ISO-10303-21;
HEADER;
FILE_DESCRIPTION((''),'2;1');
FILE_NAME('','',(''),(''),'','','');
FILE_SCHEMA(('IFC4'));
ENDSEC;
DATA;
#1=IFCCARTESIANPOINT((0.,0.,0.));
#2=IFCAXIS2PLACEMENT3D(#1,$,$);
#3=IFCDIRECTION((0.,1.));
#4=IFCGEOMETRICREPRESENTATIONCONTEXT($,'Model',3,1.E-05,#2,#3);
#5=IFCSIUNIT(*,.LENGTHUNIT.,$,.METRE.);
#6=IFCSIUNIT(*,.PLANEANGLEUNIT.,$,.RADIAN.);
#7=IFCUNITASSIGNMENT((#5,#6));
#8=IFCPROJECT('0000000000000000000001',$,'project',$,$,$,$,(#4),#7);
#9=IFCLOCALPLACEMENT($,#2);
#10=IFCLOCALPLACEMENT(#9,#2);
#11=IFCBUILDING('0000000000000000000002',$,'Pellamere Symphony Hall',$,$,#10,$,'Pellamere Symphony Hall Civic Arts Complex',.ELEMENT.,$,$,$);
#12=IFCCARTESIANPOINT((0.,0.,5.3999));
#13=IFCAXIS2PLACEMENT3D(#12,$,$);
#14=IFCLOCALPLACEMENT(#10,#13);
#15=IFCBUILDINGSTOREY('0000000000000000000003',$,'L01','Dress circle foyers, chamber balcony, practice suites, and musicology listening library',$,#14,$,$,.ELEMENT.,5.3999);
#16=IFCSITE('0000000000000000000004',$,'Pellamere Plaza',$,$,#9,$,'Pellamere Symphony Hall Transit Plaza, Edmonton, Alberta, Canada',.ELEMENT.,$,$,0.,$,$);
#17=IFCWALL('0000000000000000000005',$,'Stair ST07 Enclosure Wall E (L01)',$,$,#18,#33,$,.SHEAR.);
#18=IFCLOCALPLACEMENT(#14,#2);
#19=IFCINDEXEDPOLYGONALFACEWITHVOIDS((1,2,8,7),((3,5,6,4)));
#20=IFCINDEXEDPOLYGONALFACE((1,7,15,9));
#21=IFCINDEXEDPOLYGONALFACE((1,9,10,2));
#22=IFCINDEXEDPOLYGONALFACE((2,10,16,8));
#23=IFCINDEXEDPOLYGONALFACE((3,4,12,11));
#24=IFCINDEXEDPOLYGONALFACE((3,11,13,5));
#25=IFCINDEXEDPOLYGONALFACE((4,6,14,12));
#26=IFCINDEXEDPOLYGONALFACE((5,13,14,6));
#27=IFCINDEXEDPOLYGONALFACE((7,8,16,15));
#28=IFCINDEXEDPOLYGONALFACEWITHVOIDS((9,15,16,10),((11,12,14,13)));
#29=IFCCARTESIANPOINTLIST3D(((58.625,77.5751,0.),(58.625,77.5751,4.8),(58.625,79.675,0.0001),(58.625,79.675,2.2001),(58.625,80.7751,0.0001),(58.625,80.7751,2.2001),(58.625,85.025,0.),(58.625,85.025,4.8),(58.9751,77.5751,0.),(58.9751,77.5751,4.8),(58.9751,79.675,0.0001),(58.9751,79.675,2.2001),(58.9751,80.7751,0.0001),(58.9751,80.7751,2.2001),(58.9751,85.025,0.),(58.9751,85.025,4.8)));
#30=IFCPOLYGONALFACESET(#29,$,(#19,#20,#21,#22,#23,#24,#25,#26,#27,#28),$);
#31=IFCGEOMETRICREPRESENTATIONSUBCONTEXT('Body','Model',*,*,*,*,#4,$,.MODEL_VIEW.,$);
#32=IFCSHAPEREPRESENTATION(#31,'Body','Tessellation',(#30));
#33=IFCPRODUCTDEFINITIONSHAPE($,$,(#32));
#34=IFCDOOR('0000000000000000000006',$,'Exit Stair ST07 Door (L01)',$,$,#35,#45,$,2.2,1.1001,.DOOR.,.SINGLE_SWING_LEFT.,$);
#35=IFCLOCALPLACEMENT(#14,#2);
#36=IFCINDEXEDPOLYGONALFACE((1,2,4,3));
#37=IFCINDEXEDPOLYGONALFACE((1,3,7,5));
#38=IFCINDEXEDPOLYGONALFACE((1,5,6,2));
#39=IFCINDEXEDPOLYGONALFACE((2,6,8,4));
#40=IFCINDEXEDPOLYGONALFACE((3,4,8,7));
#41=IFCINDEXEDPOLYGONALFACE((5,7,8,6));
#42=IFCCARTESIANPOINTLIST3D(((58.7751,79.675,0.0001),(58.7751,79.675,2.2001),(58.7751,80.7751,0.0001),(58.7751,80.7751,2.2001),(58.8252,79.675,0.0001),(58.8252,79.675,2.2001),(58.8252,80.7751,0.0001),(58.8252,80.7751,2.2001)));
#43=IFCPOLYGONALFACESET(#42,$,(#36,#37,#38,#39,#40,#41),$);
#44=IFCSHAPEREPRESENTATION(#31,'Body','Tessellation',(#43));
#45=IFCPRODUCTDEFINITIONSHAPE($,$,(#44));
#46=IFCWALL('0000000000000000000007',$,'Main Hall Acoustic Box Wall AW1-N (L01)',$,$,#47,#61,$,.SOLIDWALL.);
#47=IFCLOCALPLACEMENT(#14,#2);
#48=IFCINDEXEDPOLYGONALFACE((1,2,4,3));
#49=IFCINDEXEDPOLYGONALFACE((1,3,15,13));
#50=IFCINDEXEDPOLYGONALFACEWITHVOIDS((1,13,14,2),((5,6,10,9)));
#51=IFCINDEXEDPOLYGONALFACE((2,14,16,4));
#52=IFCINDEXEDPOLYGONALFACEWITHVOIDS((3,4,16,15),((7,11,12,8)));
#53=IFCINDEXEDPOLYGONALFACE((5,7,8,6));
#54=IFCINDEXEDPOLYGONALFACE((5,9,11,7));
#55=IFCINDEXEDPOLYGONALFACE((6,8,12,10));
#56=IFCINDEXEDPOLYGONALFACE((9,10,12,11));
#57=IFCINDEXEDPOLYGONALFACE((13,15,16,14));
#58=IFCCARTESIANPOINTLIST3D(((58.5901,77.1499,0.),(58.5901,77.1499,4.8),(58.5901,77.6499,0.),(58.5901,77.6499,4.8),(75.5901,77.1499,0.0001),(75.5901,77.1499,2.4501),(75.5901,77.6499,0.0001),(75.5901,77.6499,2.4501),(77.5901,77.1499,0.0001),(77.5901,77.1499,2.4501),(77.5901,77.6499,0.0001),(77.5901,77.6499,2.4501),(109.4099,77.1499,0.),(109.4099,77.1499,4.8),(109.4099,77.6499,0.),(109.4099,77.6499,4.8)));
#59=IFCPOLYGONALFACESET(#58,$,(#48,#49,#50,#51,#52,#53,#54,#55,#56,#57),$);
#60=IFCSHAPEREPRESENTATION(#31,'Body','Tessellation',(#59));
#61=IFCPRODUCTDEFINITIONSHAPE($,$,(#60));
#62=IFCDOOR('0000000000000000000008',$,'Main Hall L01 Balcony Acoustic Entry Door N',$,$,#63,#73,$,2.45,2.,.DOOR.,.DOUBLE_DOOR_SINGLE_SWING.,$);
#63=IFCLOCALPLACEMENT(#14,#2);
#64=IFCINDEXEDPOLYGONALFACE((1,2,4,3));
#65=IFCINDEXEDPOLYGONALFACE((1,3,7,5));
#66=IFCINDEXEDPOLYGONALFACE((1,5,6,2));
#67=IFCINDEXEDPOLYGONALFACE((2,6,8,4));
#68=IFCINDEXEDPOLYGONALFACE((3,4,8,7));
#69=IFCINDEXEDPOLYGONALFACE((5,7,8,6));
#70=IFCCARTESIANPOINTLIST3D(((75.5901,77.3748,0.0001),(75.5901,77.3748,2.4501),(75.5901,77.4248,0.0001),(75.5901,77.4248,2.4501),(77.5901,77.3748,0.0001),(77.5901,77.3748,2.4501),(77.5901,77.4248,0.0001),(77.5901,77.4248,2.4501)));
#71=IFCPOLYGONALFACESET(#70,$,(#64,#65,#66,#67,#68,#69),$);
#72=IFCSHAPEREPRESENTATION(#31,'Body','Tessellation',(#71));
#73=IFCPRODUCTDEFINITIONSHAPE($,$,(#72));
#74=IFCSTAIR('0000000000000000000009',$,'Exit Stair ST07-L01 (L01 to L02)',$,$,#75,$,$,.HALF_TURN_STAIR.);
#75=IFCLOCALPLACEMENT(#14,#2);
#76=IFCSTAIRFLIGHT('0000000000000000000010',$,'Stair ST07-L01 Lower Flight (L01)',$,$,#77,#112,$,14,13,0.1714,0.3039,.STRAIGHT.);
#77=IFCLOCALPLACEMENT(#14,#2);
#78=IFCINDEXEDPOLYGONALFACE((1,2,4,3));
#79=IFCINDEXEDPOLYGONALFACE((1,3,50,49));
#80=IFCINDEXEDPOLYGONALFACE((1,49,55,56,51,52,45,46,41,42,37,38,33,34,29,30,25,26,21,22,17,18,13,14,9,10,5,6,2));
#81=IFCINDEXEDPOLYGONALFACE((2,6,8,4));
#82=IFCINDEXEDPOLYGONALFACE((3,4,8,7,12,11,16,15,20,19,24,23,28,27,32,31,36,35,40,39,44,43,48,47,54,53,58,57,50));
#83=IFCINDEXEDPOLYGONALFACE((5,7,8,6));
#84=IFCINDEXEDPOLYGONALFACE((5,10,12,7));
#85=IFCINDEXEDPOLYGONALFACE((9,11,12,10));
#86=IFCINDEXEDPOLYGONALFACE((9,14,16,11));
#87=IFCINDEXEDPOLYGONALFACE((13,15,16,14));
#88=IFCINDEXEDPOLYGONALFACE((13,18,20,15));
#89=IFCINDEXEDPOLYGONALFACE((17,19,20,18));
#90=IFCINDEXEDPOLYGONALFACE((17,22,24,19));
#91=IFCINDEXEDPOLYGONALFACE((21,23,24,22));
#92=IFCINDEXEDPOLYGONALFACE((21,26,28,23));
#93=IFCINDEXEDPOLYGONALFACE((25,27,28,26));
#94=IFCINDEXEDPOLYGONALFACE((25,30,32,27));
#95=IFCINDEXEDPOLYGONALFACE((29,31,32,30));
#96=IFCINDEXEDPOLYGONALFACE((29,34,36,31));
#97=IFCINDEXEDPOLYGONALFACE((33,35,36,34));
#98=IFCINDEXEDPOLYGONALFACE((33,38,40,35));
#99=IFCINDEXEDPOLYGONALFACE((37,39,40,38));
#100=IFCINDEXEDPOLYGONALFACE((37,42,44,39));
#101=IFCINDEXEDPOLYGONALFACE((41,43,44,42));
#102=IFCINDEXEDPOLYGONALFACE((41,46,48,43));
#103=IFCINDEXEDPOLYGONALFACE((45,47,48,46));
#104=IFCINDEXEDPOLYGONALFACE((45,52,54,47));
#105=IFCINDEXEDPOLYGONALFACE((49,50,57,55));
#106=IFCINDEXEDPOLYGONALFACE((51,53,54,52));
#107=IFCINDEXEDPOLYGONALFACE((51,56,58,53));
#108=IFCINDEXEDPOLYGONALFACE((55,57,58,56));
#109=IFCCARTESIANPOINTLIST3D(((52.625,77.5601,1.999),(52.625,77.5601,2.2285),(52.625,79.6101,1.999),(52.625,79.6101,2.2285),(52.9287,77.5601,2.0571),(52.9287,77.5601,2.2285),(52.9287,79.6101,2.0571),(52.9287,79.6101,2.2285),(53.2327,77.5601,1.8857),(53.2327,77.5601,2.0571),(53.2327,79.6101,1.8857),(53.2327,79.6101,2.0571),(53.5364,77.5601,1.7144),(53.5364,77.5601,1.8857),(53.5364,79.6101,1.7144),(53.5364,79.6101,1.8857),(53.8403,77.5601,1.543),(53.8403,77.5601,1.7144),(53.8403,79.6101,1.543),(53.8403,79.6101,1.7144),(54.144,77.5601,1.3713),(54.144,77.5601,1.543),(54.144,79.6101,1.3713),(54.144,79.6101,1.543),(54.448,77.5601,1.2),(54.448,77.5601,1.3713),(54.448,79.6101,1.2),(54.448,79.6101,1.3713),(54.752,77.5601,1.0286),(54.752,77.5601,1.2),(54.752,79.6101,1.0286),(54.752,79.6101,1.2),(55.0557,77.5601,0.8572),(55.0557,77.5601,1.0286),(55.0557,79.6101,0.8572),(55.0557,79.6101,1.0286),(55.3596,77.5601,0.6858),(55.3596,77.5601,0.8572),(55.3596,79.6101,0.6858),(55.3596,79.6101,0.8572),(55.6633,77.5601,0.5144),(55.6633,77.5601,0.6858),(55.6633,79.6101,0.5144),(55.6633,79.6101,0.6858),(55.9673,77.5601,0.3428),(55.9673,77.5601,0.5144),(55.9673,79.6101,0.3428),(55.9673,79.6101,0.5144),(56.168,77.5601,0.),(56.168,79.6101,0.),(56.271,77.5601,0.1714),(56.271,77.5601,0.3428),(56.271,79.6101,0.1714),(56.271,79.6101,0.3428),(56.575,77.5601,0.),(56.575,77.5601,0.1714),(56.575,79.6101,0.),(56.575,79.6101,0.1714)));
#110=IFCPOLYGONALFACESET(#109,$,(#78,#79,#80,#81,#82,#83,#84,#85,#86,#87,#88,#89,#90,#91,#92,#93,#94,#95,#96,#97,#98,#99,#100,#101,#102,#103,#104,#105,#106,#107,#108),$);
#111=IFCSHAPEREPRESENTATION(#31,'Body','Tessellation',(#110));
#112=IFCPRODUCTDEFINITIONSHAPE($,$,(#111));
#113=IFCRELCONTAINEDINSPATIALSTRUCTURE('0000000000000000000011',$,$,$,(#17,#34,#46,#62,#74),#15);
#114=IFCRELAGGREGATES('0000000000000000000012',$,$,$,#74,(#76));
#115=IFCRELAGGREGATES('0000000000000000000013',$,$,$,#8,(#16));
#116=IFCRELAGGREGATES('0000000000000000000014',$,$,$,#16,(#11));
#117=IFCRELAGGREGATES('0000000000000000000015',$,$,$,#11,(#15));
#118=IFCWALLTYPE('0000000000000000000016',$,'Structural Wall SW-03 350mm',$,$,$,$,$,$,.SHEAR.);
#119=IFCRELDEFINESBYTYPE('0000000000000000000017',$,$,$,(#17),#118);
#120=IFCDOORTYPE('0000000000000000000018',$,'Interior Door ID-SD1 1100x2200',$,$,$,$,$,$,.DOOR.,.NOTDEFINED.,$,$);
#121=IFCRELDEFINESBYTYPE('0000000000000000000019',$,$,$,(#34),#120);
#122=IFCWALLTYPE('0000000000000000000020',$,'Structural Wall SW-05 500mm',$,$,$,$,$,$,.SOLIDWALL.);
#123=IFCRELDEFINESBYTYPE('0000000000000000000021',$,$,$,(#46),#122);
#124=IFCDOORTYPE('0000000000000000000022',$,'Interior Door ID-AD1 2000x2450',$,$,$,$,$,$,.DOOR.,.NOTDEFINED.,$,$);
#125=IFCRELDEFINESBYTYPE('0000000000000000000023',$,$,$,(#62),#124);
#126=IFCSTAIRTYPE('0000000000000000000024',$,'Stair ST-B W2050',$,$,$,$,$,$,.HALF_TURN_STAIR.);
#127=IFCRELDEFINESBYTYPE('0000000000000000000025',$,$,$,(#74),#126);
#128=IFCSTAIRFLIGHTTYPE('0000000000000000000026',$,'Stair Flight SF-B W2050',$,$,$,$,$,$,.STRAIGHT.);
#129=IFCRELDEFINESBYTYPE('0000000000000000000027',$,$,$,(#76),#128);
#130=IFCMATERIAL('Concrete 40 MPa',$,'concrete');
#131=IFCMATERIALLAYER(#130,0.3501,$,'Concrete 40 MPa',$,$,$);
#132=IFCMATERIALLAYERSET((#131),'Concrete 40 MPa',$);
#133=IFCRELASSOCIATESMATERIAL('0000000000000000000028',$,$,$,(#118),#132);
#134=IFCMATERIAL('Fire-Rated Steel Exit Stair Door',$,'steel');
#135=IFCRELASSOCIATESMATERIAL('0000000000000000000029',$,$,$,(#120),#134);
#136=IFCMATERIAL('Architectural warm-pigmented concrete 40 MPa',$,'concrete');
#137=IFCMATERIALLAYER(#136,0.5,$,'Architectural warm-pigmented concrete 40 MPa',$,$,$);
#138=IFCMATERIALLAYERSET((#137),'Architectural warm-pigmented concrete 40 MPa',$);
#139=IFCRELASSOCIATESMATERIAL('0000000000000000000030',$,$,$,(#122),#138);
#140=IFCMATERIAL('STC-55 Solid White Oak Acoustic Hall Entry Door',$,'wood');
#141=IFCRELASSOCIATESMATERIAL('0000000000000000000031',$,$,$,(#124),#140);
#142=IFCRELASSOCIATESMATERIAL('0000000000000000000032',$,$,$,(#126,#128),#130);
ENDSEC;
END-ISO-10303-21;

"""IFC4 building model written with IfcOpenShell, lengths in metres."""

from ifc_helpers import new_model, si_unit, direction, frame, frame_2d, origin, place, context, subcontext, project, spatial, polyline, rectangle, outline, extrude, material, layer, layer_set, type_object, element, fill, aggregate, save


model = new_model("IFC4")

# Units and contexts
model_context = context("Model", 3, precision=1e-05, world=origin(), true_north=direction((0.0, 1.0)))
body_context = subcontext(model_context, "Body", "Model", "MODEL_VIEW")
ifc_project = project(units=[si_unit("LENGTHUNIT", "METRE"), si_unit("PLANEANGLEUNIT", "RADIAN")], contexts=[model_context])

# Site, building, storey
site_placement = place(None, origin())
site = spatial("IfcSite", under=ifc_project, at=site_placement, Name="Pellamere Plaza", LongName="Pellamere Symphony Hall Transit Plaza, Edmonton, Alberta, Canada", CompositionType="ELEMENT", RefElevation=0.0)
building_placement = place(site_placement, origin())
building = spatial("IfcBuilding", under=site, at=building_placement, Name="Pellamere Symphony Hall", LongName="Pellamere Symphony Hall Civic Arts Complex", CompositionType="ELEMENT")
storey_placement = place(building_placement, frame((0.0, 0.0, 5.3999)))
storey = spatial("IfcBuildingStorey", under=building, at=storey_placement, Name="L01", Description="Dress circle foyers, chamber balcony, practice suites, and musicology listening library", CompositionType="ELEMENT", Elevation=5.3999)

# Shared definitions
ifc_material_1 = material(Name="Concrete 40 MPa", Category="concrete")

# Walls, openings, doors
ifc_layer_1 = layer(ifc_material_1, 0.3501, Name="Concrete 40 MPa")
ifc_layer_set_1 = layer_set([ifc_layer_1], Name="Concrete 40 MPa")
wall_type_1 = type_object("IfcWallType", Name="Structural Wall SW-03 350mm", PredefinedType="SHEAR", material=ifc_layer_set_1)
wall_1_placement = place(storey_placement, frame((58.8, 77.575, 0.0), z_axis=(0.0, 0.0, 1.0), x_axis=(0.0, 1.0, 0.0)))
wall_1 = element("IfcWall", 1, at=wall_1_placement, inside=storey, type_object=wall_type_1, Name="Stair ST07 Enclosure Wall E (L01)", PredefinedType="SHEAR", context=body_context, shape_type="SweptSolid", body=[
    extrude(rectangle(XDim=7.45, YDim=0.3501, at=frame_2d((3.7251, 0.0))), origin(), (0.0, 0.0, 1.0), 4.8),
])
opening_1_placement = place(wall_1_placement, frame((2.1001, 0.0, 0.0)))
opening_1 = element("IfcOpeningElement", 2, at=opening_1_placement, cuts=wall_1, PredefinedType="OPENING", context=body_context, shape_type="SweptSolid", body=[
    extrude(rectangle(XDim=1.1001, YDim=2.2, at=frame_2d((0.55, 1.1001))), frame((0.0, 0.1851, 0.0), z_axis=(0.0, -1.0, 0.0), x_axis=(1.0, 0.0, 0.0)), (0.0, 0.0, 1.0), 0.3701),
])
ifc_material_2 = material(Name="Fire-Rated Steel Exit Stair Door", Category="steel")
door_type_1 = type_object("IfcDoorType", Name="Interior Door ID-SD1 1100x2200", OperationType="NOTDEFINED", PredefinedType="DOOR", material=ifc_material_2)
door_1_placement = place(opening_1_placement, origin())
door_1 = element("IfcDoor", 3, at=door_1_placement, inside=storey, type_object=door_type_1, Name="Exit Stair ST07 Door (L01)", OperationType="SINGLE_SWING_LEFT", OverallHeight=2.2, OverallWidth=1.1001, PredefinedType="DOOR", context=body_context, shape_type="SweptSolid", body=[
    extrude(rectangle(XDim=1.1001, YDim=2.2, at=frame_2d((0.55, 1.1001))), frame((0.0, 0.0249, 0.0), z_axis=(0.0, -1.0, 0.0), x_axis=(1.0, 0.0, 0.0)), (0.0, 0.0, 1.0), 0.05),
])
fill(opening_1, door_1)
ifc_material_3 = material(Name="Architectural warm-pigmented concrete 40 MPa", Category="concrete")
ifc_layer_2 = layer(ifc_material_3, 0.5, Name="Architectural warm-pigmented concrete 40 MPa")
ifc_layer_set_2 = layer_set([ifc_layer_2], Name="Architectural warm-pigmented concrete 40 MPa")
wall_type_2 = type_object("IfcWallType", Name="Structural Wall SW-05 500mm", PredefinedType="SOLIDWALL", material=ifc_layer_set_2)
wall_2_placement = place(storey_placement, frame((58.5901, 77.3999, 0.0), z_axis=(0.0, 0.0, 1.0), x_axis=(1.0, 0.0, 0.0)))
wall_2 = element("IfcWall", 4, at=wall_2_placement, inside=storey, type_object=wall_type_2, Name="Main Hall Acoustic Box Wall AW1-N (L01)", PredefinedType="SOLIDWALL", context=body_context, shape_type="SweptSolid", body=[
    extrude(rectangle(XDim=50.8198, YDim=0.5, at=frame_2d((25.4099, 0.0))), origin(), (0.0, 0.0, 1.0), 4.8),
])
opening_2_placement = place(wall_2_placement, frame((17.0, 0.0, 0.0)))
opening_2 = element("IfcOpeningElement", 5, at=opening_2_placement, cuts=wall_2, PredefinedType="OPENING", context=body_context, shape_type="SweptSolid", body=[
    extrude(rectangle(XDim=2.0, YDim=2.45, at=frame_2d((1.0, 1.2251))), frame((0.0, 0.26, 0.0), z_axis=(0.0, -1.0, 0.0), x_axis=(1.0, 0.0, 0.0)), (0.0, 0.0, 1.0), 0.52),
])
ifc_material_4 = material(Name="STC-55 Solid White Oak Acoustic Hall Entry Door", Category="wood")
door_type_2 = type_object("IfcDoorType", Name="Interior Door ID-AD1 2000x2450", OperationType="NOTDEFINED", PredefinedType="DOOR", material=ifc_material_4)
door_2_placement = place(opening_2_placement, origin())
door_2 = element("IfcDoor", 6, at=door_2_placement, inside=storey, type_object=door_type_2, Name="Main Hall L01 Balcony Acoustic Entry Door N", OperationType="DOUBLE_DOOR_SINGLE_SWING", OverallHeight=2.45, OverallWidth=2.0, PredefinedType="DOOR", context=body_context, shape_type="SweptSolid", body=[
    extrude(rectangle(XDim=2.0, YDim=2.45, at=frame_2d((1.0, 1.2251))), frame((0.0, 0.0249, 0.0), z_axis=(0.0, -1.0, 0.0), x_axis=(1.0, 0.0, 0.0)), (0.0, 0.0, 1.0), 0.05),
])
fill(opening_2, door_2)

# Stair, stair flight
stair_type = type_object("IfcStairType", Name="Stair ST-B W2050", PredefinedType="HALF_TURN_STAIR", material=ifc_material_1)
stair_placement = place(storey_placement, origin())
stair = element("IfcStair", 7, at=stair_placement, inside=storey, type_object=stair_type, Name="Exit Stair ST07-L01 (L01 to L02)", PredefinedType="HALF_TURN_STAIR")
stair_flight_type = type_object("IfcStairFlightType", Name="Stair Flight SF-B W2050", PredefinedType="STRAIGHT", material=ifc_material_1)
stair_flight_placement = place(storey_placement, frame((56.575, 78.585, 0.0), z_axis=(0.0, 0.0, 1.0), x_axis=(-1.0, 0.0, 0.0)))
stair_flight = element("IfcStairFlight", 8, at=stair_flight_placement, type_object=stair_flight_type, Name="Stair ST07-L01 Lower Flight (L01)", NumberOfRisers=14, NumberOfTreads=13, PredefinedType="STRAIGHT", RiserHeight=0.1714, TreadLength=0.3039, context=body_context, shape_type="SweptSolid", body=[
    extrude(outline(polyline([(0.0, 0.0), (0.0, 0.1714), (0.304, 0.1714), (0.304, 0.3428), (0.6077, 0.3428), (0.6077, 0.5144), (0.9116, 0.5144), (0.9116, 0.6858), (1.2153, 0.6858), (1.2153, 0.8572), (1.5193, 0.8572), (1.5193, 1.0286), (1.823, 1.0286), (1.823, 1.2), (2.127, 1.2), (2.127, 1.3713), (2.4309, 1.3713), (2.4309, 1.543), (2.7346, 1.543), (2.7346, 1.7144), (3.0386, 1.7144), (3.0386, 1.8857), (3.3423, 1.8857), (3.3423, 2.0571), (3.6462, 2.0571), (3.6462, 2.2285), (3.95, 2.2285), (3.95, 2.3999), (3.95, 1.999), (0.407, 0.0), (0.0, 0.0)])), frame((0.0, 1.0249, 0.0), z_axis=(0.0, -1.0, 0.0), x_axis=(1.0, 0.0, 0.0)), (0.0, 0.0, 1.0), 2.05),
])
aggregate(stair, [stair_flight])

save(model, "model.ifc")
